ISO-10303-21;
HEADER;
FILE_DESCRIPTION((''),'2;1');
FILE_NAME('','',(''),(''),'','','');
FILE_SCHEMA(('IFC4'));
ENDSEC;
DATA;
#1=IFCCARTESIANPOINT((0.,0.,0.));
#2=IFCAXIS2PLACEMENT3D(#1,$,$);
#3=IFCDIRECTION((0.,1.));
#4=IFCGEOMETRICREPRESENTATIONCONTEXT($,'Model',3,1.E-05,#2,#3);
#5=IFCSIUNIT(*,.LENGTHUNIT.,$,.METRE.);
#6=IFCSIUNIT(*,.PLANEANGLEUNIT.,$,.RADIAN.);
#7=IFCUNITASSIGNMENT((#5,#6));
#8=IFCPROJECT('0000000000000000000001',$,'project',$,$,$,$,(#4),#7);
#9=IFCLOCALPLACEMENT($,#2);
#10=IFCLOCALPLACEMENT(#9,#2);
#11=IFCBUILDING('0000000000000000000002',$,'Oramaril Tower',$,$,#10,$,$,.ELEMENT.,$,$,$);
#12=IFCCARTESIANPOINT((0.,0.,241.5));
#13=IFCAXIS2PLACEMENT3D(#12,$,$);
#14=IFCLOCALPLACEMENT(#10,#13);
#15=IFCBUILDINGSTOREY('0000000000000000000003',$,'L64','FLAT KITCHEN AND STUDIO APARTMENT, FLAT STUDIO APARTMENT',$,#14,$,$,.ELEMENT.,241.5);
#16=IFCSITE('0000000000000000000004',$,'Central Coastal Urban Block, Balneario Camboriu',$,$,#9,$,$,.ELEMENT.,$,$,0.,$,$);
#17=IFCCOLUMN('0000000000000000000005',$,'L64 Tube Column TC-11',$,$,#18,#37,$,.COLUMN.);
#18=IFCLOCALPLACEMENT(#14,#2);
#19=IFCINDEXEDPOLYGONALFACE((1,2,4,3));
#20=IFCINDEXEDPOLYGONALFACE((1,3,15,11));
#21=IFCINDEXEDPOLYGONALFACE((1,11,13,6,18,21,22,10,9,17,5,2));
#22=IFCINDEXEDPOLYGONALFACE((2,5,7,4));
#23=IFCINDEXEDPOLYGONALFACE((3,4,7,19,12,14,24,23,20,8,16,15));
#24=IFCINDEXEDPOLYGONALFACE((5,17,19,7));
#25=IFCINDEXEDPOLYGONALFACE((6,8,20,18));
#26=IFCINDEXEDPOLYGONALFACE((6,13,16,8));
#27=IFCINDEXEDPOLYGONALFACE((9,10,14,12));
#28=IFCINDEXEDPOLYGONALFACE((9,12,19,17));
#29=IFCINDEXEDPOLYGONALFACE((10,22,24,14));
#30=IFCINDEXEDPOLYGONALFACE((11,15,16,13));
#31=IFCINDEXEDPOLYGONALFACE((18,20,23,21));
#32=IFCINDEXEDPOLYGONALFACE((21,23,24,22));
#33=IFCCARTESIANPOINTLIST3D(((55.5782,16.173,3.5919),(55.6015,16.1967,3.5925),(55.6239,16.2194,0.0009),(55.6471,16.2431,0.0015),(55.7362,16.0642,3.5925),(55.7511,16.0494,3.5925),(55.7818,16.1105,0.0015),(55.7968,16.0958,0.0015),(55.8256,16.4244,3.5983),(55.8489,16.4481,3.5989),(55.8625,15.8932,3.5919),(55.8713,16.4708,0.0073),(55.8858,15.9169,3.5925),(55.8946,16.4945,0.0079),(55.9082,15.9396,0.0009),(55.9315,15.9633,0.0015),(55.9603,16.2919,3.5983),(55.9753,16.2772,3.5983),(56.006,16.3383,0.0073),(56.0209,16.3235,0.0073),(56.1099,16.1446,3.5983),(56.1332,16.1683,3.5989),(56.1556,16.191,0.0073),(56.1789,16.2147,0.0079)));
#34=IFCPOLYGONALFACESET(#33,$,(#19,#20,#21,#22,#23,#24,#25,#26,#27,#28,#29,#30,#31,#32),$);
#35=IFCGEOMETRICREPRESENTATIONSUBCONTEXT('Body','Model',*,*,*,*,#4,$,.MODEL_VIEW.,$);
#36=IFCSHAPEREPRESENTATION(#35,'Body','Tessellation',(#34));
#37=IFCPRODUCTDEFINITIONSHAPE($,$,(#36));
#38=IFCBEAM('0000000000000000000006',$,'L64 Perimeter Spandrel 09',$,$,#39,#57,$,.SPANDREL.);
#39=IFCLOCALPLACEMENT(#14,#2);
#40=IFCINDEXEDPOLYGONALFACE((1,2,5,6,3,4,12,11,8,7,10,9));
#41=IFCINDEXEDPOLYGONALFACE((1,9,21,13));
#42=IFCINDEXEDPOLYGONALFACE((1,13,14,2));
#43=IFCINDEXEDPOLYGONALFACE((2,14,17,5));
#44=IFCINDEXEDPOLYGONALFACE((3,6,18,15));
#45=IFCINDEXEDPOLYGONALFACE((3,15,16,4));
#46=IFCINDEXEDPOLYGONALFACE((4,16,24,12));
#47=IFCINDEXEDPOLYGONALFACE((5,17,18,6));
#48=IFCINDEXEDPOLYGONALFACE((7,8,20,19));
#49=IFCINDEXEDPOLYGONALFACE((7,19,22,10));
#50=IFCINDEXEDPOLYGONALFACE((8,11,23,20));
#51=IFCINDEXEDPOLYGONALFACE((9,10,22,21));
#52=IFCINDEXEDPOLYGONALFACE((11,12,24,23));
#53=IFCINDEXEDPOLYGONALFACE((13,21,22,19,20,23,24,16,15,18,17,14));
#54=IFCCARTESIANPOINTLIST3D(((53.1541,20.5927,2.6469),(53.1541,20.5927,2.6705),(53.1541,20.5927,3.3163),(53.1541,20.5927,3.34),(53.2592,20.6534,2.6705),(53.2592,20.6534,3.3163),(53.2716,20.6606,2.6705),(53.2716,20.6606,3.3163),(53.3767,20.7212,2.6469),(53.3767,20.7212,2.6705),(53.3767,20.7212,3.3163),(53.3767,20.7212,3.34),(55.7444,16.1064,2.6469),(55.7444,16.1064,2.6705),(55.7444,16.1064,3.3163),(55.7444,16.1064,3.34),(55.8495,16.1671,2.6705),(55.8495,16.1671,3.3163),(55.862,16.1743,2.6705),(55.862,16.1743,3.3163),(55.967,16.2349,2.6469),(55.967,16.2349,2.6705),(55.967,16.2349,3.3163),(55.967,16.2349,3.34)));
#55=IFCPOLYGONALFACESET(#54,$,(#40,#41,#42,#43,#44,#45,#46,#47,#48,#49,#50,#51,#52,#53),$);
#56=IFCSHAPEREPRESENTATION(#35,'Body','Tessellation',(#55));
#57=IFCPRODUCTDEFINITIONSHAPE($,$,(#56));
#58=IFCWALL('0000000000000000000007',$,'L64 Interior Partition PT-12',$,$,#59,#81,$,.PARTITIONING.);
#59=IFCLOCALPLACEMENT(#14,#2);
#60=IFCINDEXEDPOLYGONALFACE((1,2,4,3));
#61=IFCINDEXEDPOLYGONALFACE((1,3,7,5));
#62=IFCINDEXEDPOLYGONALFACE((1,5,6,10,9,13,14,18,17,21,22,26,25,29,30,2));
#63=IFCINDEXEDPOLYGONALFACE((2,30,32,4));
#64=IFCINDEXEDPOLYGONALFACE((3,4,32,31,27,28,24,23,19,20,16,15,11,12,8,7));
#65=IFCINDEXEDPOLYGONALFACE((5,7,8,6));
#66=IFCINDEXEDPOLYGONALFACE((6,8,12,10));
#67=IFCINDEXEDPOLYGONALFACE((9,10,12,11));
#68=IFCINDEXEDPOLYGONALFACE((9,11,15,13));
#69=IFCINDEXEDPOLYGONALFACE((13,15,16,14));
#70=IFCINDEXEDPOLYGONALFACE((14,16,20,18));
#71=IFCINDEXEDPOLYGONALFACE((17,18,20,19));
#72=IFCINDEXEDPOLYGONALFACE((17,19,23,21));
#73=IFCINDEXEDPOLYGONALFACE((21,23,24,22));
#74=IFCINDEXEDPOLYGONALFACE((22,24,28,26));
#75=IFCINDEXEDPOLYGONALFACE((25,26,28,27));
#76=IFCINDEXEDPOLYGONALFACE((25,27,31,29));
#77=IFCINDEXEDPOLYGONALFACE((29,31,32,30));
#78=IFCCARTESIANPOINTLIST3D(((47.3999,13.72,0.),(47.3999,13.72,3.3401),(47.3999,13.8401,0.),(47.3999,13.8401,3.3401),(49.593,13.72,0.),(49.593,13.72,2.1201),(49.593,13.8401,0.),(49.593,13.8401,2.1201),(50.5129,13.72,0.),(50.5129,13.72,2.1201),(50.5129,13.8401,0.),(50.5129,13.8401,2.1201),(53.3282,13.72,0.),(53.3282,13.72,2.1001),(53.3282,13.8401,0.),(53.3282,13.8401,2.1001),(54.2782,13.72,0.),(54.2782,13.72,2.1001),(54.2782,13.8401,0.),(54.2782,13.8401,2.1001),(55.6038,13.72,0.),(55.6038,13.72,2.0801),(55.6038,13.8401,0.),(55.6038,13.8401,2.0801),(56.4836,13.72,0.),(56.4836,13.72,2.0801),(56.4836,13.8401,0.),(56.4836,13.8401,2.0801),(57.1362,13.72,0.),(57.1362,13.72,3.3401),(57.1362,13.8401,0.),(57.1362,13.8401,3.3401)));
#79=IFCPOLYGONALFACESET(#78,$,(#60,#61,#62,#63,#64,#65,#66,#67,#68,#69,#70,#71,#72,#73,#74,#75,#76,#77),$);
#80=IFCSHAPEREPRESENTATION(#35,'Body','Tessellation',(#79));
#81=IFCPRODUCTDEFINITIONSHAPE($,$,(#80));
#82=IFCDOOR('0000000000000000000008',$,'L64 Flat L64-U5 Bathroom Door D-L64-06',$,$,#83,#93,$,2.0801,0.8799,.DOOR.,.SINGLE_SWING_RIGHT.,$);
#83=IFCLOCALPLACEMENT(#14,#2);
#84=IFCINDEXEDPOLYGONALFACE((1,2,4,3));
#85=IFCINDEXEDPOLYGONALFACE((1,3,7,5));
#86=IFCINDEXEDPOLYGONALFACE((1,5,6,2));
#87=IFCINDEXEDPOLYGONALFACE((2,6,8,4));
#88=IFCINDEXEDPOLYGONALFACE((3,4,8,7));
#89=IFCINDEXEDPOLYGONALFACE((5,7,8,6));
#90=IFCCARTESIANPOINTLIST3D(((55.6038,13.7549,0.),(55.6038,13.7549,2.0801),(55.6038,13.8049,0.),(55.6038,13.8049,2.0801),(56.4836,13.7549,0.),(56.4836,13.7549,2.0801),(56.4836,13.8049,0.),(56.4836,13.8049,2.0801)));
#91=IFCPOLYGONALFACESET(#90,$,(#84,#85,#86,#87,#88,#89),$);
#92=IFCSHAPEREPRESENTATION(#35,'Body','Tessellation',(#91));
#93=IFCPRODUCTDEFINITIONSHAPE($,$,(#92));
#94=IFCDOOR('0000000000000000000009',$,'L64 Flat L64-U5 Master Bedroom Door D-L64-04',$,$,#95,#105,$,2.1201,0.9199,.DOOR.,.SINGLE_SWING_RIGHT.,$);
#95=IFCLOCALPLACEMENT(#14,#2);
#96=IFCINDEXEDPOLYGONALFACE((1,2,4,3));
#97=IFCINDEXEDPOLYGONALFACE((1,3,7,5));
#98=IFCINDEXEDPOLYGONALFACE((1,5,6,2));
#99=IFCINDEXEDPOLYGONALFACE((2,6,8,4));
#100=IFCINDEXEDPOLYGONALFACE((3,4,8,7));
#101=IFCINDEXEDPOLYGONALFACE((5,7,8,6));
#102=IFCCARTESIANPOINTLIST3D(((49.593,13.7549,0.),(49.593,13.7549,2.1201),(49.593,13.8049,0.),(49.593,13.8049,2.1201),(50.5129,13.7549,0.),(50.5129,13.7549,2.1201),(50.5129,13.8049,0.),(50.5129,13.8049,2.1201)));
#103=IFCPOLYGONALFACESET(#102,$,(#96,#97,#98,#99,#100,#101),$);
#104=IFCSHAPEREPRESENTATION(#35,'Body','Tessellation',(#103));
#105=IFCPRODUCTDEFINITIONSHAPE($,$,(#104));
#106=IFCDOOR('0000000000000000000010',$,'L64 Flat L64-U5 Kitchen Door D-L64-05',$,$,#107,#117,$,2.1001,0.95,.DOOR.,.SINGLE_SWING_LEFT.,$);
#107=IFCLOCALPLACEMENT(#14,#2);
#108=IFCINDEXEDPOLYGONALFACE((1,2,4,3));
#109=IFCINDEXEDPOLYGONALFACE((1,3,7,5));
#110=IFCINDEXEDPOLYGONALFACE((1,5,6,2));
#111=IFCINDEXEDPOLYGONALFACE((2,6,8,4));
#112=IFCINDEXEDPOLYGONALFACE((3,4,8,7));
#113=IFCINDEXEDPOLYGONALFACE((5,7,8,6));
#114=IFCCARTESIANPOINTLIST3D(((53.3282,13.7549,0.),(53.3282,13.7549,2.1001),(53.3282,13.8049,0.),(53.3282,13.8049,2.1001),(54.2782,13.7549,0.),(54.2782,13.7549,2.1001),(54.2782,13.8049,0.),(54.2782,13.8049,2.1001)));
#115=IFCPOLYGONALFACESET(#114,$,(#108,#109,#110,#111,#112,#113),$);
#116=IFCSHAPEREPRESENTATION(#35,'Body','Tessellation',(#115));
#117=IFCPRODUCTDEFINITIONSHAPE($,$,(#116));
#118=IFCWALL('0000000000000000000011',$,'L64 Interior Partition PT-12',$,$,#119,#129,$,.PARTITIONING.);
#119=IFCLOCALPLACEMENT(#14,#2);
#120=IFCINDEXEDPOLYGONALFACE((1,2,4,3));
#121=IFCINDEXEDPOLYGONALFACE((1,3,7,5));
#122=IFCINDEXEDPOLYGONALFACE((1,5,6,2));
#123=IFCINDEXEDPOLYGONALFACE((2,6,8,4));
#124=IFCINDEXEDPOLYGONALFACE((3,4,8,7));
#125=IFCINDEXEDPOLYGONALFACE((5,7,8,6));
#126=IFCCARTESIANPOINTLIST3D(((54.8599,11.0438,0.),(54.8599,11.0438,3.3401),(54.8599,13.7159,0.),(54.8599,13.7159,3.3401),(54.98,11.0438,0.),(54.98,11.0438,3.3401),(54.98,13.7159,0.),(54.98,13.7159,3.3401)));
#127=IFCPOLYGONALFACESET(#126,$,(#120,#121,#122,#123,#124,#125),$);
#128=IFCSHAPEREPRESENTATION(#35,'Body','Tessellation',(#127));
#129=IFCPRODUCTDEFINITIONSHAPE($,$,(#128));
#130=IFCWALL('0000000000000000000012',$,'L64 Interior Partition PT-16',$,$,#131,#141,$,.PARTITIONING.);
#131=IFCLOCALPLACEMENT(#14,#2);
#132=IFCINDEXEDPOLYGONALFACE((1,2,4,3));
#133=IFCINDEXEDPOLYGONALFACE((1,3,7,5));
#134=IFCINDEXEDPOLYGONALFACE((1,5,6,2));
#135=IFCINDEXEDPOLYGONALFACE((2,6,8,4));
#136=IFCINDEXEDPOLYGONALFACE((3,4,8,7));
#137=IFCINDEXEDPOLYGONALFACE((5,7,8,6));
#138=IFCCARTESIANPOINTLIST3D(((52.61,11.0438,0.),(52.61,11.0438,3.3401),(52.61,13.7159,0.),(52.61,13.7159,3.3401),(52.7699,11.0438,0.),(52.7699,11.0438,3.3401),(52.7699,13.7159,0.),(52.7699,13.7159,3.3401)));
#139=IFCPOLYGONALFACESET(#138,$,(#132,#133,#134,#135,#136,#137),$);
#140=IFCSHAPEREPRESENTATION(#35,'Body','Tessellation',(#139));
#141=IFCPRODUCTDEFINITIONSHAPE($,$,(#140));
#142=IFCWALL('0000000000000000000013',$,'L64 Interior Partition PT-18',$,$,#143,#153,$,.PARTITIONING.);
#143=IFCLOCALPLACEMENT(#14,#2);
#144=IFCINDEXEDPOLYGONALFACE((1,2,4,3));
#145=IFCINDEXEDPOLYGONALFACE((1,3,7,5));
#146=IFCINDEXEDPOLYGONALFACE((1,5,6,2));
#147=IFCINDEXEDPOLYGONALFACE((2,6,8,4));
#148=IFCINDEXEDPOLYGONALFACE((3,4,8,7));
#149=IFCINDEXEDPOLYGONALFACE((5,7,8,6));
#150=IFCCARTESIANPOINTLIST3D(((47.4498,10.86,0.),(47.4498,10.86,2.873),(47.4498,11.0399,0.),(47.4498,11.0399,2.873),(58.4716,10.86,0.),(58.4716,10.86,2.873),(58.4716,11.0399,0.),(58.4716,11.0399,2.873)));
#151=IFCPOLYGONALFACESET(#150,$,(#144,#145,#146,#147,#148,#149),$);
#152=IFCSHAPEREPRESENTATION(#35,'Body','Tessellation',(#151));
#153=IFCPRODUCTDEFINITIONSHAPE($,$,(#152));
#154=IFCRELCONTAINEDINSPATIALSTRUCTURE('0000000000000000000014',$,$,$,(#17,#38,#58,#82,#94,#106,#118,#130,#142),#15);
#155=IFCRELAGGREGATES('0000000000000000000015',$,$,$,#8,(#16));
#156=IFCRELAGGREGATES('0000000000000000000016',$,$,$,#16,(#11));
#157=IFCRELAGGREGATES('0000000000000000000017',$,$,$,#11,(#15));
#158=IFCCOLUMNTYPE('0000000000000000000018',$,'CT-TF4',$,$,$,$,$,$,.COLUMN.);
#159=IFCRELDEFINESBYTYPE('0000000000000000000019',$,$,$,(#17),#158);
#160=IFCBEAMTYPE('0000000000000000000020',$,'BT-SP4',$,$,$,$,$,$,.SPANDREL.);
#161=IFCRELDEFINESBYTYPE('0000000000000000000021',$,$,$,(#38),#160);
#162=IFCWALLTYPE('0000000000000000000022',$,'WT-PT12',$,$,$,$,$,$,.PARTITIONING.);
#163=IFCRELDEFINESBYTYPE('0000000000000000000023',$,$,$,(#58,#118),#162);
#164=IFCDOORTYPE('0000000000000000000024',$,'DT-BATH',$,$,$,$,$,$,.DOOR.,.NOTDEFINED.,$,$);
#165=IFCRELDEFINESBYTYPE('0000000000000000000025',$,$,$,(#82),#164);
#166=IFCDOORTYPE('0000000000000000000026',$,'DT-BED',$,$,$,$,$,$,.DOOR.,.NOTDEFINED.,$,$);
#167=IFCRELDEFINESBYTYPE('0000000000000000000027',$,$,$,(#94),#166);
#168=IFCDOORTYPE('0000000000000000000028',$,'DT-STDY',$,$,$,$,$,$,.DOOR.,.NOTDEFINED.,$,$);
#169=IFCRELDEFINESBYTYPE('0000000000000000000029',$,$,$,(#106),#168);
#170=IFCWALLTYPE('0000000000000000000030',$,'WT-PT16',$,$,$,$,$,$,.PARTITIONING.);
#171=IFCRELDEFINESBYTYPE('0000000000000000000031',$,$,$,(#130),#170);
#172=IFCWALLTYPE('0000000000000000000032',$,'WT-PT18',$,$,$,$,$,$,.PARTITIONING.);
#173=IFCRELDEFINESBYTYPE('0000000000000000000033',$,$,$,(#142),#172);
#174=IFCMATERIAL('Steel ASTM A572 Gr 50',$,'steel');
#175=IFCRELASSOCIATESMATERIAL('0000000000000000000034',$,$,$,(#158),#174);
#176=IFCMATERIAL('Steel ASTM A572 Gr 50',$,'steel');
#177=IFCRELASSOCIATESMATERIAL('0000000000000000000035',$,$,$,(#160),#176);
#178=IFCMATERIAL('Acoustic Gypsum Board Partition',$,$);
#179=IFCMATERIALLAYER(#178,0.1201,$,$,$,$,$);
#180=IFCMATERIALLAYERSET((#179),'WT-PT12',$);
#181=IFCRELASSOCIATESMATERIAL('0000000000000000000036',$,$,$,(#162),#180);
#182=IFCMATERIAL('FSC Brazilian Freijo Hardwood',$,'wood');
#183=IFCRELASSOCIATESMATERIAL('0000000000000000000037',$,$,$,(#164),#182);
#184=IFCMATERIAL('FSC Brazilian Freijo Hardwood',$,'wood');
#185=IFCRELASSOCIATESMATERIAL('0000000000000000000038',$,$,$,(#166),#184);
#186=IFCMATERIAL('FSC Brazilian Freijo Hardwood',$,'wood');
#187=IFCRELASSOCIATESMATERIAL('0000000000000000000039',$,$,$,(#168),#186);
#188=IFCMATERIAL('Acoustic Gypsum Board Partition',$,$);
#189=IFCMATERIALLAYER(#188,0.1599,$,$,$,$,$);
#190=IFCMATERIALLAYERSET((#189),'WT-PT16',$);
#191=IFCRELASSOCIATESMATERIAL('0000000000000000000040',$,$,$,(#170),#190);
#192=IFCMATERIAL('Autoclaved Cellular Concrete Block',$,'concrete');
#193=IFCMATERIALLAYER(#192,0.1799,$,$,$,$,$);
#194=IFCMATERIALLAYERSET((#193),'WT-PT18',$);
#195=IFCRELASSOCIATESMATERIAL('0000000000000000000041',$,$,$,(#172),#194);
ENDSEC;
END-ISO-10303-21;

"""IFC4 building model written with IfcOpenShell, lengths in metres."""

from ifc_helpers import new_model, si_unit, direction, frame, frame_2d, origin, origin_2d, place, context, subcontext, project, spatial, rectangle, i_section, extrude, material, layer, layer_set, material_profile, profile_set, type_object, element, fill, save


model = new_model("IFC4")

# Units and contexts
model_context = context("Model", 3, precision=1e-05, world=origin(), true_north=direction((0.0, 1.0)))
body_context = subcontext(model_context, "Body", "Model", "MODEL_VIEW")
ifc_project = project(units=[si_unit("LENGTHUNIT", "METRE"), si_unit("PLANEANGLEUNIT", "RADIAN")], contexts=[model_context])

# Site, building, storey
site_placement = place(None, origin())
site = spatial("IfcSite", under=ifc_project, at=site_placement, Name="Central Coastal Urban Block, Balneario Camboriu", CompositionType="ELEMENT", RefElevation=0.0)
building_placement = place(site_placement, origin())
building = spatial("IfcBuilding", under=site, at=building_placement, Name="Oramaril Tower", CompositionType="ELEMENT")
storey_placement = place(building_placement, frame((0.0, 0.0, 241.5)))
storey = spatial("IfcBuildingStorey", under=building, at=storey_placement, Name="L64", Description="FLAT KITCHEN AND STUDIO APARTMENT, FLAT STUDIO APARTMENT", CompositionType="ELEMENT", Elevation=241.5)

# Column
ifc_material_1 = material(Name="Steel ASTM A572 Gr 50", Category="steel")
ifc_material_profile_1 = material_profile(ifc_material_1, i_section(OverallWidth=0.3989, OverallDepth=0.386, WebThickness=0.021, FlangeThickness=0.0332, at=origin_2d()), Name="W14X176")
ifc_profile_set_1 = profile_set([ifc_material_profile_1], Name="Steel ASTM A572 Gr 50")
column_type = type_object("IfcColumnType", Name="CT-TF4", PredefinedType="COLUMN", material=ifc_profile_set_1)
column_placement = place(storey_placement, frame((55.9014, 16.217, 0.0044), z_axis=(-0.012711, -0.012915, 0.999836), x_axis=(0.712711, -0.701458, 0.0)))
element("IfcColumn", 1, at=column_placement, inside=storey, type_object=column_type, Name="L64 Tube Column TC-11", PredefinedType="COLUMN", context=body_context, shape_type="SweptSolid", body=[
    extrude(i_section(OverallWidth=0.3989, OverallDepth=0.386, WebThickness=0.021, FlangeThickness=0.0332, at=origin_2d()), origin(), (0.0, 0.0, 1.0), 3.5916),
])

# Beam
ifc_material_2 = material(Name="Steel ASTM A572 Gr 50", Category="steel")
ifc_material_profile_2 = material_profile(ifc_material_2, i_section(OverallWidth=0.2571, OverallDepth=0.6931, WebThickness=0.0144, FlangeThickness=0.0237, at=origin_2d()), Name="W27X114")
ifc_profile_set_2 = profile_set([ifc_material_profile_2], Name="Steel ASTM A572 Gr 50")
beam_type = type_object("IfcBeamType", Name="BT-SP4", PredefinedType="SPANDREL", material=ifc_profile_set_2)
beam_placement = place(storey_placement, frame((55.8557, 16.1707, 2.9934), z_axis=(-0.500022, 0.866013, 0.0), x_axis=(-0.866013, -0.500022, 0.0)))
element("IfcBeam", 2, at=beam_placement, inside=storey, type_object=beam_type, Name="L64 Perimeter Spandrel 09", PredefinedType="SPANDREL", context=body_context, shape_type="SweptSolid", body=[
    extrude(i_section(OverallWidth=0.2571, OverallDepth=0.6931, WebThickness=0.0144, FlangeThickness=0.0237, at=origin_2d()), origin(), (0.0, 0.0, 1.0), 5.1804),
])

# Wall, openings, doors
ifc_material_3 = material(Name="Acoustic Gypsum Board Partition")
ifc_layer_1 = layer(ifc_material_3, 0.1201)
ifc_layer_set_1 = layer_set([ifc_layer_1], Name="WT-PT12")
wall_type_1 = type_object("IfcWallType", Name="WT-PT12", PredefinedType="PARTITIONING", material=ifc_layer_set_1)
wall_1_placement = place(storey_placement, frame((47.3999, 13.78, 0.0), z_axis=(0.0, 0.0, 1.0), x_axis=(1.0, 0.0, 0.0)))
wall_1 = element("IfcWall", 3, at=wall_1_placement, inside=storey, type_object=wall_type_1, Name="L64 Interior Partition PT-12", PredefinedType="PARTITIONING", context=body_context, shape_type="SweptSolid", body=[
    extrude(rectangle(XDim=9.7363, YDim=0.1201, at=frame_2d((4.8682, 0.0))), origin(), (0.0, 0.0, 1.0), 3.3401),
])
opening_1_placement = place(wall_1_placement, frame((2.1931, 0.0, 0.0)))
opening_1 = element("IfcOpeningElement", 4, at=opening_1_placement, cuts=wall_1, PredefinedType="OPENING", context=body_context, shape_type="SweptSolid", body=[
    extrude(rectangle(XDim=0.9199, YDim=2.1201, at=frame_2d((0.46, 1.0601))), frame((0.0, 0.0601, 0.0), z_axis=(0.0, -1.0, 0.0), x_axis=(1.0, 0.0, 0.0)), (0.0, 0.0, 1.0), 0.1201),
])
opening_2_placement = place(wall_1_placement, frame((5.9282, 0.0, 0.0)))
opening_2 = element("IfcOpeningElement", 5, at=opening_2_placement, cuts=wall_1, PredefinedType="OPENING", context=body_context, shape_type="SweptSolid", body=[
    extrude(rectangle(XDim=0.95, YDim=2.1001, at=frame_2d((0.4751, 1.05))), frame((0.0, 0.0601, 0.0), z_axis=(0.0, -1.0, 0.0), x_axis=(1.0, 0.0, 0.0)), (0.0, 0.0, 1.0), 0.1201),
])
opening_3_placement = place(wall_1_placement, frame((8.2039, 0.0, 0.0)))
opening_3 = element("IfcOpeningElement", 6, at=opening_3_placement, cuts=wall_1, PredefinedType="OPENING", context=body_context, shape_type="SweptSolid", body=[
    extrude(rectangle(XDim=0.8799, YDim=2.0801, at=frame_2d((0.4399, 1.04))), frame((0.0, 0.0601, 0.0), z_axis=(0.0, -1.0, 0.0), x_axis=(1.0, 0.0, 0.0)), (0.0, 0.0, 1.0), 0.1201),
])
ifc_material_4 = material(Name="FSC Brazilian Freijo Hardwood", Category="wood")
door_type_1 = type_object("IfcDoorType", Name="DT-BATH", OperationType="NOTDEFINED", PredefinedType="DOOR", material=ifc_material_4)
door_1_placement = place(opening_3_placement, origin())
door_1 = element("IfcDoor", 7, at=door_1_placement, inside=storey, type_object=door_type_1, Name="L64 Flat L64-U5 Bathroom Door D-L64-06", OperationType="SINGLE_SWING_RIGHT", OverallHeight=2.0801, OverallWidth=0.8799, PredefinedType="DOOR", context=body_context, shape_type="SweptSolid", body=[
    extrude(rectangle(XDim=0.8799, YDim=2.0801, at=frame_2d((0.4399, 1.04))), frame((0.0, 0.0249, 0.0), z_axis=(0.0, -1.0, 0.0), x_axis=(1.0, 0.0, 0.0)), (0.0, 0.0, 1.0), 0.05),
])
fill(opening_3, door_1)
ifc_material_5 = material(Name="FSC Brazilian Freijo Hardwood", Category="wood")
door_type_2 = type_object("IfcDoorType", Name="DT-BED", OperationType="NOTDEFINED", PredefinedType="DOOR", material=ifc_material_5)
door_2_placement = place(opening_1_placement, origin())
door_2 = element("IfcDoor", 8, at=door_2_placement, inside=storey, type_object=door_type_2, Name="L64 Flat L64-U5 Master Bedroom Door D-L64-04", OperationType="SINGLE_SWING_RIGHT", OverallHeight=2.1201, OverallWidth=0.9199, PredefinedType="DOOR", context=body_context, shape_type="SweptSolid", body=[
    extrude(rectangle(XDim=0.9199, YDim=2.1201, at=frame_2d((0.46, 1.0601))), frame((0.0, 0.0249, 0.0), z_axis=(0.0, -1.0, 0.0), x_axis=(1.0, 0.0, 0.0)), (0.0, 0.0, 1.0), 0.05),
])
fill(opening_1, door_2)
ifc_material_6 = material(Name="FSC Brazilian Freijo Hardwood", Category="wood")
door_type_3 = type_object("IfcDoorType", Name="DT-STDY", OperationType="NOTDEFINED", PredefinedType="DOOR", material=ifc_material_6)
door_3_placement = place(opening_2_placement, origin())
door_3 = element("IfcDoor", 9, at=door_3_placement, inside=storey, type_object=door_type_3, Name="L64 Flat L64-U5 Kitchen Door D-L64-05", OperationType="SINGLE_SWING_LEFT", OverallHeight=2.1001, OverallWidth=0.95, PredefinedType="DOOR", context=body_context, shape_type="SweptSolid", body=[
    extrude(rectangle(XDim=0.95, YDim=2.1001, at=frame_2d((0.4751, 1.05))), frame((0.0, 0.0249, 0.0), z_axis=(0.0, -1.0, 0.0), x_axis=(1.0, 0.0, 0.0)), (0.0, 0.0, 1.0), 0.05),
])
fill(opening_2, door_3)

# Walls
wall_2_placement = place(storey_placement, frame((54.9199, 11.0439, 0.0), z_axis=(0.0, 0.0, 1.0), x_axis=(0.0, 1.0, 0.0)))
element("IfcWall", 10, at=wall_2_placement, inside=storey, type_object=wall_type_1, Name="L64 Interior Partition PT-12", PredefinedType="PARTITIONING", context=body_context, shape_type="SweptSolid", body=[
    extrude(rectangle(XDim=2.6721, YDim=0.1201, at=frame_2d((1.3359, 0.0))), origin(), (0.0, 0.0, 1.0), 3.3401),
])
ifc_material_7 = material(Name="Acoustic Gypsum Board Partition")
ifc_layer_2 = layer(ifc_material_7, 0.1599)
ifc_layer_set_2 = layer_set([ifc_layer_2], Name="WT-PT16")
wall_type_2 = type_object("IfcWallType", Name="WT-PT16", PredefinedType="PARTITIONING", material=ifc_layer_set_2)
wall_3_placement = place(storey_placement, frame((52.6899, 11.0439, 0.0), z_axis=(0.0, 0.0, 1.0), x_axis=(0.0, 1.0, 0.0)))
element("IfcWall", 11, at=wall_3_placement, inside=storey, type_object=wall_type_2, Name="L64 Interior Partition PT-16", PredefinedType="PARTITIONING", context=body_context, shape_type="SweptSolid", body=[
    extrude(rectangle(XDim=2.6721, YDim=0.1599, at=frame_2d((1.3359, 0.0))), origin(), (0.0, 0.0, 1.0), 3.3401),
])
ifc_material_8 = material(Name="Autoclaved Cellular Concrete Block", Category="concrete")
ifc_layer_3 = layer(ifc_material_8, 0.1799)
ifc_layer_set_3 = layer_set([ifc_layer_3], Name="WT-PT18")
wall_type_3 = type_object("IfcWallType", Name="WT-PT18", PredefinedType="PARTITIONING", material=ifc_layer_set_3)
wall_4_placement = place(storey_placement, frame((47.45, 10.95, 0.0), z_axis=(0.0, 0.0, 1.0), x_axis=(1.0, 0.0, 0.0)))
element("IfcWall", 12, at=wall_4_placement, inside=storey, type_object=wall_type_3, Name="L64 Interior Partition PT-18", PredefinedType="PARTITIONING", context=body_context, shape_type="SweptSolid", body=[
    extrude(rectangle(XDim=11.0217, YDim=0.1799, at=frame_2d((5.5107, 0.0))), origin(), (0.0, 0.0, 1.0), 2.873),
])

save(model, "model.ifc")
